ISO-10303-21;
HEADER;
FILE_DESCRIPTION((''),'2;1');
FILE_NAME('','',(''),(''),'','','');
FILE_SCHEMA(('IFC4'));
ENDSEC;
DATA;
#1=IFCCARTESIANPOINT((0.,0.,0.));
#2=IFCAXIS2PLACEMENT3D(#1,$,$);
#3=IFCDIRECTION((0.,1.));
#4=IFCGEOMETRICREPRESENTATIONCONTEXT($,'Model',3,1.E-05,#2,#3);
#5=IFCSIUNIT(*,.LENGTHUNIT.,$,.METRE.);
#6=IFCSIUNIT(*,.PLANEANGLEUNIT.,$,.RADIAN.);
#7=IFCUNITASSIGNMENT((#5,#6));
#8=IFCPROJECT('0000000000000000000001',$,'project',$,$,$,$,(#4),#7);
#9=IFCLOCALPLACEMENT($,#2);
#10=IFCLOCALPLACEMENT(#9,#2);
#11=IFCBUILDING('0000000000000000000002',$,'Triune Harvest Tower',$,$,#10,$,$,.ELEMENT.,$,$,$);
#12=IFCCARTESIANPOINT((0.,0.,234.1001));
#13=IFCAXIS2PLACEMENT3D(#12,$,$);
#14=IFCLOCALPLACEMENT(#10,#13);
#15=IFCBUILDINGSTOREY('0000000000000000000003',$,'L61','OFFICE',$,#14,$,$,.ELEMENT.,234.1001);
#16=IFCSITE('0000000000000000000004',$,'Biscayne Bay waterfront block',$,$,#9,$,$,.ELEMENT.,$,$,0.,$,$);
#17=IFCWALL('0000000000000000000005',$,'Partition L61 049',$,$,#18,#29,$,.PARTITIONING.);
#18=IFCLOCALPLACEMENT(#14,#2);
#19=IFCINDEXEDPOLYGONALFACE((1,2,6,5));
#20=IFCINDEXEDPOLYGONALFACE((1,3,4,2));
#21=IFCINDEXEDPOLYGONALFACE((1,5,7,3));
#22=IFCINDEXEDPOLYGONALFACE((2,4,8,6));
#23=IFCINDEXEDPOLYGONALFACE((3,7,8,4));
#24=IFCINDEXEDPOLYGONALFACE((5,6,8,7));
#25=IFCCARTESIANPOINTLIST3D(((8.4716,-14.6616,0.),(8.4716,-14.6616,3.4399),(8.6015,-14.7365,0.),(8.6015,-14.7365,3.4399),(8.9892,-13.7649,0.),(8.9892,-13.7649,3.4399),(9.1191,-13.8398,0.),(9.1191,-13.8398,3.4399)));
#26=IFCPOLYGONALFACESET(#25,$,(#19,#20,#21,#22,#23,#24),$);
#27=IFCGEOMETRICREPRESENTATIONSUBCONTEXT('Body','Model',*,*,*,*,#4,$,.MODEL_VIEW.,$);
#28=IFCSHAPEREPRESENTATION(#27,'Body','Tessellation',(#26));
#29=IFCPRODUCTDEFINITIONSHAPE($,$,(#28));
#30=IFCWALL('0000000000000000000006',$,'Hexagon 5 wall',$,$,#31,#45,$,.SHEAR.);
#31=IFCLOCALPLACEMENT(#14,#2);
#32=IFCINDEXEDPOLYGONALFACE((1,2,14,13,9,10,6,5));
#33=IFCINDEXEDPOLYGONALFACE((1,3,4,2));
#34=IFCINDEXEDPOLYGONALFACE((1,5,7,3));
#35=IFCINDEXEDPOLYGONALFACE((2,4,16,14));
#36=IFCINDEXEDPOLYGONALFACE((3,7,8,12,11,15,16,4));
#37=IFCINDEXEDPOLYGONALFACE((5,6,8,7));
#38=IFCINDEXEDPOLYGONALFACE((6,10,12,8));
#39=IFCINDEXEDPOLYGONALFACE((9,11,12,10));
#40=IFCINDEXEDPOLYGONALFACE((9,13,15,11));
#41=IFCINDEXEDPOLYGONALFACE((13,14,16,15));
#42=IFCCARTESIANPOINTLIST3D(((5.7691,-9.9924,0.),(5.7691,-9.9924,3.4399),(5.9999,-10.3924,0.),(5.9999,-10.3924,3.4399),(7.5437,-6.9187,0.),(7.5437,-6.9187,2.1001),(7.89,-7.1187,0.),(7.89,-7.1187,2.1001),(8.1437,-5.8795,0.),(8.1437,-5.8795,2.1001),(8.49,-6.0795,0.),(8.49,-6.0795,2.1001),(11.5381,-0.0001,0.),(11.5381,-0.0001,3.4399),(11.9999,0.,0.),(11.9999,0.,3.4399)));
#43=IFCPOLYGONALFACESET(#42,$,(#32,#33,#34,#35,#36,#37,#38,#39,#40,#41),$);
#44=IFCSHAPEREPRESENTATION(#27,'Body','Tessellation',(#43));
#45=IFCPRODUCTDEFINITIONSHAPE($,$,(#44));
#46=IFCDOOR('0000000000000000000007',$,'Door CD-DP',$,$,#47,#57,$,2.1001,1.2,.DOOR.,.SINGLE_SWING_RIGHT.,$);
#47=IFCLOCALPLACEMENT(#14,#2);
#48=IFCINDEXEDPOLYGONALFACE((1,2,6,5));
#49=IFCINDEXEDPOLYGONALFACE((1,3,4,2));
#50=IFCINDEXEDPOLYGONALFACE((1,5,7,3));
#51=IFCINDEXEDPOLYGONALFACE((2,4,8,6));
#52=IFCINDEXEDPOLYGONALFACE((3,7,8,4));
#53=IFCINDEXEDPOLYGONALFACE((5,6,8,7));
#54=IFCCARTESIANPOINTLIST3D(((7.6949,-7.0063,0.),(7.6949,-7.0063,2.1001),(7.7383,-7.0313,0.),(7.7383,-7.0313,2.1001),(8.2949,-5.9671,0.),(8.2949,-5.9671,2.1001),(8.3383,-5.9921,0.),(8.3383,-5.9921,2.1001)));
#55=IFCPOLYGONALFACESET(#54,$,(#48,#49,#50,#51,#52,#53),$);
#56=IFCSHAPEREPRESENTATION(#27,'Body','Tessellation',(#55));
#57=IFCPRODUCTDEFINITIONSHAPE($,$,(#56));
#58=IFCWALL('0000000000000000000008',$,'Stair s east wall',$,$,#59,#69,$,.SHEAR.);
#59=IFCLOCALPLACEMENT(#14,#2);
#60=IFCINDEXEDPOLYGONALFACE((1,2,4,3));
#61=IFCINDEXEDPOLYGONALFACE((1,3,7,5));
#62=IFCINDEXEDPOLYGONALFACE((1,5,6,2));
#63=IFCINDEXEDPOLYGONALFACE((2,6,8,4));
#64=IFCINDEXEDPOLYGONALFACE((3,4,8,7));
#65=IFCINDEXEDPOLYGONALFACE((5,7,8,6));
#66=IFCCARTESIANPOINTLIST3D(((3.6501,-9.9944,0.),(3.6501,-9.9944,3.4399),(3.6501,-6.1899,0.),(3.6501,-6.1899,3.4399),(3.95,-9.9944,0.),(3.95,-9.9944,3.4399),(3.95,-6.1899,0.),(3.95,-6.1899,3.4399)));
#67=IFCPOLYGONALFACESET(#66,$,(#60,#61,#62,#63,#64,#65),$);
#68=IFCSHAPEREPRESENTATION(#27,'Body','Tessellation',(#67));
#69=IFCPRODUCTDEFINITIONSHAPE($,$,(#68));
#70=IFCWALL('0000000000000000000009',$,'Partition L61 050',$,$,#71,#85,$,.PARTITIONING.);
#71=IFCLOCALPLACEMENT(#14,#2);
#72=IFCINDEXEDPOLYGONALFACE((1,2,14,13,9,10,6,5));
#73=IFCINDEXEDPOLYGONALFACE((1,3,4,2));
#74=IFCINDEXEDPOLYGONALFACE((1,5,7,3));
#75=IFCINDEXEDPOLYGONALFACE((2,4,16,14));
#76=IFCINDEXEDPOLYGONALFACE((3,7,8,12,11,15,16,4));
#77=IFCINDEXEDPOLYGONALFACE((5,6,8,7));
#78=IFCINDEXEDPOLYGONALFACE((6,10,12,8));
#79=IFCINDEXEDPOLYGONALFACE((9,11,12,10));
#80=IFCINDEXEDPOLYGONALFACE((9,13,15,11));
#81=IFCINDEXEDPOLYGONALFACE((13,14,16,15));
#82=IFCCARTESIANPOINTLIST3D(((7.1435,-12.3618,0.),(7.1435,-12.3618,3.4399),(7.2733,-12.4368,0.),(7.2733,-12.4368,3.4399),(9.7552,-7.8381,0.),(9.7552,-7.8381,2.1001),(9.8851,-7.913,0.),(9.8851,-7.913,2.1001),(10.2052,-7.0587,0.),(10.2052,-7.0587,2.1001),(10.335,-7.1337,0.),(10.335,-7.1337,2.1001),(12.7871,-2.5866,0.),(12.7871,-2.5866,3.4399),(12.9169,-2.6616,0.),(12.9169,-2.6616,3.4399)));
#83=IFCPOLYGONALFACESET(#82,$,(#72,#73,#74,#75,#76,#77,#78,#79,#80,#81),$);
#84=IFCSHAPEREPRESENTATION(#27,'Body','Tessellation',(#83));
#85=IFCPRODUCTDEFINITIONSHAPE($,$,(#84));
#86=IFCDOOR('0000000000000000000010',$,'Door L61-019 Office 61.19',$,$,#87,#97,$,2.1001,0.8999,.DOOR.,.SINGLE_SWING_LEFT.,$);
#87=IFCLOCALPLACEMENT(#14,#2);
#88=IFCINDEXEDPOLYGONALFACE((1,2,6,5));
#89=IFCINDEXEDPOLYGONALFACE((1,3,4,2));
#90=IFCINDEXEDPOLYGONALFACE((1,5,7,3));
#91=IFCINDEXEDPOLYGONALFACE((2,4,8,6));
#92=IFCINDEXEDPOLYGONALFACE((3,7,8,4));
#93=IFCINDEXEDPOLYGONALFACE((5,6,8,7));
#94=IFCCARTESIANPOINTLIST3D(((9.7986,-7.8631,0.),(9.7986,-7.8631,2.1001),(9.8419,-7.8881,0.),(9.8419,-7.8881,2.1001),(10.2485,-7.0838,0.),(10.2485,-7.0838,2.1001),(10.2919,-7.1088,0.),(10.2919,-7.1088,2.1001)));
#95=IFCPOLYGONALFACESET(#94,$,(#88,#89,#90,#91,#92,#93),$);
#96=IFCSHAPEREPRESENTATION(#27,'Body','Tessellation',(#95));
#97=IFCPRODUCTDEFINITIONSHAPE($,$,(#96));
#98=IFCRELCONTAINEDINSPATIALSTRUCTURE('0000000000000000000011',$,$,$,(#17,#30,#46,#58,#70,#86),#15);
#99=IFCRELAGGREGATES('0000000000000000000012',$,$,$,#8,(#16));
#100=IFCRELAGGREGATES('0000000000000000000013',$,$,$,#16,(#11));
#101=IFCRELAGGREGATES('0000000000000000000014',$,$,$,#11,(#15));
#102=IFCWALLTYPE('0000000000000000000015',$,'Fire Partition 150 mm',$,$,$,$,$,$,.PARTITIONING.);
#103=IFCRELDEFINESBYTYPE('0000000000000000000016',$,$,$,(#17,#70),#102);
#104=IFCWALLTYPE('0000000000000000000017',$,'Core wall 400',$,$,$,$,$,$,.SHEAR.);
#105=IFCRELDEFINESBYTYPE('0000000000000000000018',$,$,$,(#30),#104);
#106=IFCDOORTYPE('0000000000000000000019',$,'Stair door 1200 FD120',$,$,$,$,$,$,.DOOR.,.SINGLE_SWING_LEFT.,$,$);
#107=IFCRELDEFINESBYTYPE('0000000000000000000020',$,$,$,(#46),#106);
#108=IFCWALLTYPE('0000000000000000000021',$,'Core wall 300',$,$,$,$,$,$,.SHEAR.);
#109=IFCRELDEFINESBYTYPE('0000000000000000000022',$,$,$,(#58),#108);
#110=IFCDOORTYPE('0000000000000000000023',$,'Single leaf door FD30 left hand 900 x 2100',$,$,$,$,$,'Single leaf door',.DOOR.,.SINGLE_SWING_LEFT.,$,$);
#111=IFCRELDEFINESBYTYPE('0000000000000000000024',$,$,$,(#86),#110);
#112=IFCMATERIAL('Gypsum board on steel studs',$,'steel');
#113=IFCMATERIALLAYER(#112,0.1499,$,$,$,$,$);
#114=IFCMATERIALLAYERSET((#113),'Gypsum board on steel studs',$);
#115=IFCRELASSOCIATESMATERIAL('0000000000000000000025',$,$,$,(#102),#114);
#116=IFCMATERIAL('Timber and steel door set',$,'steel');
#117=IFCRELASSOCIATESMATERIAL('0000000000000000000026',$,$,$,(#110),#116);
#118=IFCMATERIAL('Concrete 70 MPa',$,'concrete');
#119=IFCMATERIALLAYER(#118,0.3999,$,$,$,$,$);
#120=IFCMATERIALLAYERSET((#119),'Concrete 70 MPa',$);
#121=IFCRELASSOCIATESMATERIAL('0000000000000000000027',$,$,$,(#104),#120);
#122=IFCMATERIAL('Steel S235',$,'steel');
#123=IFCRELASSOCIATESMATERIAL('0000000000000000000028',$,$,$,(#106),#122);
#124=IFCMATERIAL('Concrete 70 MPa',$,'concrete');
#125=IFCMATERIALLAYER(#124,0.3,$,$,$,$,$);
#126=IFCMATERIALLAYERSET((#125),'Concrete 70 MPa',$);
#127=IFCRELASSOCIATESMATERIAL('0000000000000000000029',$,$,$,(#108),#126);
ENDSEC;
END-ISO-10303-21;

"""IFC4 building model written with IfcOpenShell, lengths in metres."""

from ifc_helpers import new_model, si_unit, direction, frame, frame_2d, origin, place, context, subcontext, project, spatial, polyline, rectangle, outline, extrude, source, transform, mapped, material, layer, layer_set, type_object, element, fill, save


model = new_model("IFC4")

# Units and contexts
model_context = context("Model", 3, precision=1e-05, world=origin(), true_north=direction((0.0, 1.0)))
body_context = subcontext(model_context, "Body", "Model", "MODEL_VIEW")
ifc_project = project(units=[si_unit("LENGTHUNIT", "METRE"), si_unit("PLANEANGLEUNIT", "RADIAN")], contexts=[model_context])

# Site, building, storey
site_placement = place(None, origin())
site = spatial("IfcSite", under=ifc_project, at=site_placement, Name="Biscayne Bay waterfront block", CompositionType="ELEMENT", RefElevation=0.0)
building_placement = place(site_placement, origin())
building = spatial("IfcBuilding", under=site, at=building_placement, Name="Triune Harvest Tower", CompositionType="ELEMENT")
storey_placement = place(building_placement, frame((0.0, 0.0, 234.1001)))
storey = spatial("IfcBuildingStorey", under=building, at=storey_placement, Name="L61", Description="OFFICE", CompositionType="ELEMENT", Elevation=234.1001)

# Shared definitions
ifc_material_1 = material(Name="Gypsum board on steel studs", Category="steel")
ifc_layer_1 = layer(ifc_material_1, 0.1499)
ifc_layer_set_1 = layer_set([ifc_layer_1], Name="Gypsum board on steel studs")
wall_type_1 = type_object("IfcWallType", Name="Fire Partition 150 mm", PredefinedType="PARTITIONING", material=ifc_layer_set_1)

# Shared definitions
ifc_material_2 = material(Name="Timber and steel door set", Category="steel")
door_type_1 = type_object("IfcDoorType", Name="Single leaf door FD30 left hand 900 x 2100", ElementType="Single leaf door", OperationType="SINGLE_SWING_LEFT", PredefinedType="DOOR", material=ifc_material_2)

# Wall
wall_1_placement = place(storey_placement, frame((8.5366, -14.699, 0.0), z_axis=(0.0, 0.0, 1.0), x_axis=(0.499893, 0.866087, 0.0)))
element("IfcWall", 1, at=wall_1_placement, inside=storey, type_object=wall_type_1, Name="Partition L61 049", PredefinedType="PARTITIONING", context=body_context, shape_type="SweptSolid", body=[
    extrude(rectangle(XDim=1.0354, YDim=0.1499, at=frame_2d((0.5176, 0.0))), origin(), (0.0, 0.0, 1.0), 3.4399),
])

# Wall, opening, door
ifc_material_3 = material(Name="Concrete 70 MPa", Category="concrete")
ifc_layer_2 = layer(ifc_material_3, 0.3999)
ifc_layer_set_2 = layer_set([ifc_layer_2], Name="Concrete 70 MPa")
wall_type_2 = type_object("IfcWallType", Name="Core wall 400", PredefinedType="SHEAR", material=ifc_layer_set_2)
shared_shape_1 = source(origin(), body_context, "Body", "SweptSolid", [
    extrude(outline(polyline([(-0.1155, -0.2), (11.8845, -0.2), (11.6536, 0.2), (0.1155, 0.2), (-0.1155, -0.2)])), origin(), (0.0, 0.0, 1.0), 3.4399),
])
wall_2_placement = place(storey_placement, frame((5.8845, -10.1924, 0.0), z_axis=(0.0, 0.0, 1.0), x_axis=(0.499997, 0.866027, 0.0)))
wall_2 = element("IfcWall", 2, at=wall_2_placement, inside=storey, type_object=wall_type_2, Name="Hexagon 5 wall", PredefinedType="SHEAR", context=body_context, shape_type="MappedRepresentation", body=[
    mapped(shared_shape_1, transform((0.0, 0.0, 0.0), scale=1.0)),
])
opening_1_placement = place(wall_2_placement, frame((3.6646, 0.0, 0.0)))
opening_1 = element("IfcOpeningElement", 3, at=opening_1_placement, cuts=wall_2, PredefinedType="OPENING", context=body_context, shape_type="SweptSolid", body=[
    extrude(rectangle(XDim=1.2, YDim=2.1001, at=frame_2d((0.6001, 1.05))), frame((0.0, 0.21, 0.0), z_axis=(0.0, -1.0, 0.0), x_axis=(1.0, 0.0, 0.0)), (0.0, 0.0, 1.0), 0.4199),
])
ifc_material_4 = material(Name="Steel S235", Category="steel")
door_type_2 = type_object("IfcDoorType", Name="Stair door 1200 FD120", OperationType="SINGLE_SWING_LEFT", PredefinedType="DOOR", material=ifc_material_4)
door_1_placement = place(opening_1_placement, frame((1.2, 0.0, 0.0), z_axis=(0.0, 0.0, 1.0), x_axis=(-1.0, 0.0, 0.0)))
door_1 = element("IfcDoor", 4, at=door_1_placement, inside=storey, type_object=door_type_2, Name="Door CD-DP", OperationType="SINGLE_SWING_RIGHT", OverallHeight=2.1001, OverallWidth=1.2, PredefinedType="DOOR", context=body_context, shape_type="SweptSolid", body=[
    extrude(rectangle(XDim=1.2, YDim=2.1001, at=frame_2d((0.6001, 1.05))), frame((0.0, 0.0249, 0.0), z_axis=(0.0, -1.0, 0.0), x_axis=(1.0, 0.0, 0.0)), (0.0, 0.0, 1.0), 0.05),
])
fill(opening_1, door_1)

# Wall
ifc_material_5 = material(Name="Concrete 70 MPa", Category="concrete")
ifc_layer_3 = layer(ifc_material_5, 0.3)
ifc_layer_set_3 = layer_set([ifc_layer_3], Name="Concrete 70 MPa")
wall_type_3 = type_object("IfcWallType", Name="Core wall 300", PredefinedType="SHEAR", material=ifc_layer_set_3)
shared_shape_2 = source(origin(), body_context, "Body", "SweptSolid", [
    extrude(outline(polyline([(3.8, -0.1499), (-0.0044, -0.1499), (-0.0044, 0.1499), (3.8, 0.1499), (3.8, -0.1499)])), origin(), (0.0, 0.0, 1.0), 3.4399),
])
wall_3_placement = place(storey_placement, frame((3.8, -9.99, 0.0), z_axis=(0.0, 0.0, 1.0), x_axis=(0.0, 1.0, 0.0)))
element("IfcWall", 5, at=wall_3_placement, inside=storey, type_object=wall_type_3, Name="Stair s east wall", PredefinedType="SHEAR", context=body_context, shape_type="MappedRepresentation", body=[
    mapped(shared_shape_2, transform((0.0, 0.0, 0.0), scale=1.0)),
])

# Wall, opening, door
shared_shape_3 = source(origin(), body_context, "Body", "SweptSolid", [
    extrude(rectangle(XDim=11.2874, YDim=0.1499, at=frame_2d((5.6436, 0.0))), origin(), (0.0, 0.0, 1.0), 3.4399),
])
wall_4_placement = place(storey_placement, frame((7.2085, -12.3992, 0.0), z_axis=(0.0, 0.0, 1.0), x_axis=(0.499991, 0.86603, 0.0)))
wall_4 = element("IfcWall", 6, at=wall_4_placement, inside=storey, type_object=wall_type_1, Name="Partition L61 050", PredefinedType="PARTITIONING", context=body_context, shape_type="MappedRepresentation", body=[
    mapped(shared_shape_3, transform((0.0, 0.0, 0.0), scale=1.0)),
])
opening_2_placement = place(wall_4_placement, frame((5.2234, 0.0, 0.0)))
opening_2 = element("IfcOpeningElement", 7, at=opening_2_placement, cuts=wall_4, PredefinedType="OPENING", context=body_context, shape_type="SweptSolid", body=[
    extrude(rectangle(XDim=0.8999, YDim=2.1001, at=frame_2d((0.45, 1.05))), frame((0.0, 0.085, 0.0), z_axis=(0.0, -1.0, 0.0), x_axis=(1.0, 0.0, 0.0)), (0.0, 0.0, 1.0), 0.1699),
])
door_2_placement = place(opening_2_placement, origin())
door_2 = element("IfcDoor", 8, at=door_2_placement, inside=storey, type_object=door_type_1, Name="Door L61-019 Office 61.19", OperationType="SINGLE_SWING_LEFT", OverallHeight=2.1001, OverallWidth=0.8999, PredefinedType="DOOR", context=body_context, shape_type="SweptSolid", body=[
    extrude(rectangle(XDim=0.8999, YDim=2.1001, at=frame_2d((0.45, 1.05))), frame((0.0, 0.0249, 0.0), z_axis=(0.0, -1.0, 0.0), x_axis=(1.0, 0.0, 0.0)), (0.0, 0.0, 1.0), 0.05),
])
fill(opening_2, door_2)

save(model, "model.ifc")
